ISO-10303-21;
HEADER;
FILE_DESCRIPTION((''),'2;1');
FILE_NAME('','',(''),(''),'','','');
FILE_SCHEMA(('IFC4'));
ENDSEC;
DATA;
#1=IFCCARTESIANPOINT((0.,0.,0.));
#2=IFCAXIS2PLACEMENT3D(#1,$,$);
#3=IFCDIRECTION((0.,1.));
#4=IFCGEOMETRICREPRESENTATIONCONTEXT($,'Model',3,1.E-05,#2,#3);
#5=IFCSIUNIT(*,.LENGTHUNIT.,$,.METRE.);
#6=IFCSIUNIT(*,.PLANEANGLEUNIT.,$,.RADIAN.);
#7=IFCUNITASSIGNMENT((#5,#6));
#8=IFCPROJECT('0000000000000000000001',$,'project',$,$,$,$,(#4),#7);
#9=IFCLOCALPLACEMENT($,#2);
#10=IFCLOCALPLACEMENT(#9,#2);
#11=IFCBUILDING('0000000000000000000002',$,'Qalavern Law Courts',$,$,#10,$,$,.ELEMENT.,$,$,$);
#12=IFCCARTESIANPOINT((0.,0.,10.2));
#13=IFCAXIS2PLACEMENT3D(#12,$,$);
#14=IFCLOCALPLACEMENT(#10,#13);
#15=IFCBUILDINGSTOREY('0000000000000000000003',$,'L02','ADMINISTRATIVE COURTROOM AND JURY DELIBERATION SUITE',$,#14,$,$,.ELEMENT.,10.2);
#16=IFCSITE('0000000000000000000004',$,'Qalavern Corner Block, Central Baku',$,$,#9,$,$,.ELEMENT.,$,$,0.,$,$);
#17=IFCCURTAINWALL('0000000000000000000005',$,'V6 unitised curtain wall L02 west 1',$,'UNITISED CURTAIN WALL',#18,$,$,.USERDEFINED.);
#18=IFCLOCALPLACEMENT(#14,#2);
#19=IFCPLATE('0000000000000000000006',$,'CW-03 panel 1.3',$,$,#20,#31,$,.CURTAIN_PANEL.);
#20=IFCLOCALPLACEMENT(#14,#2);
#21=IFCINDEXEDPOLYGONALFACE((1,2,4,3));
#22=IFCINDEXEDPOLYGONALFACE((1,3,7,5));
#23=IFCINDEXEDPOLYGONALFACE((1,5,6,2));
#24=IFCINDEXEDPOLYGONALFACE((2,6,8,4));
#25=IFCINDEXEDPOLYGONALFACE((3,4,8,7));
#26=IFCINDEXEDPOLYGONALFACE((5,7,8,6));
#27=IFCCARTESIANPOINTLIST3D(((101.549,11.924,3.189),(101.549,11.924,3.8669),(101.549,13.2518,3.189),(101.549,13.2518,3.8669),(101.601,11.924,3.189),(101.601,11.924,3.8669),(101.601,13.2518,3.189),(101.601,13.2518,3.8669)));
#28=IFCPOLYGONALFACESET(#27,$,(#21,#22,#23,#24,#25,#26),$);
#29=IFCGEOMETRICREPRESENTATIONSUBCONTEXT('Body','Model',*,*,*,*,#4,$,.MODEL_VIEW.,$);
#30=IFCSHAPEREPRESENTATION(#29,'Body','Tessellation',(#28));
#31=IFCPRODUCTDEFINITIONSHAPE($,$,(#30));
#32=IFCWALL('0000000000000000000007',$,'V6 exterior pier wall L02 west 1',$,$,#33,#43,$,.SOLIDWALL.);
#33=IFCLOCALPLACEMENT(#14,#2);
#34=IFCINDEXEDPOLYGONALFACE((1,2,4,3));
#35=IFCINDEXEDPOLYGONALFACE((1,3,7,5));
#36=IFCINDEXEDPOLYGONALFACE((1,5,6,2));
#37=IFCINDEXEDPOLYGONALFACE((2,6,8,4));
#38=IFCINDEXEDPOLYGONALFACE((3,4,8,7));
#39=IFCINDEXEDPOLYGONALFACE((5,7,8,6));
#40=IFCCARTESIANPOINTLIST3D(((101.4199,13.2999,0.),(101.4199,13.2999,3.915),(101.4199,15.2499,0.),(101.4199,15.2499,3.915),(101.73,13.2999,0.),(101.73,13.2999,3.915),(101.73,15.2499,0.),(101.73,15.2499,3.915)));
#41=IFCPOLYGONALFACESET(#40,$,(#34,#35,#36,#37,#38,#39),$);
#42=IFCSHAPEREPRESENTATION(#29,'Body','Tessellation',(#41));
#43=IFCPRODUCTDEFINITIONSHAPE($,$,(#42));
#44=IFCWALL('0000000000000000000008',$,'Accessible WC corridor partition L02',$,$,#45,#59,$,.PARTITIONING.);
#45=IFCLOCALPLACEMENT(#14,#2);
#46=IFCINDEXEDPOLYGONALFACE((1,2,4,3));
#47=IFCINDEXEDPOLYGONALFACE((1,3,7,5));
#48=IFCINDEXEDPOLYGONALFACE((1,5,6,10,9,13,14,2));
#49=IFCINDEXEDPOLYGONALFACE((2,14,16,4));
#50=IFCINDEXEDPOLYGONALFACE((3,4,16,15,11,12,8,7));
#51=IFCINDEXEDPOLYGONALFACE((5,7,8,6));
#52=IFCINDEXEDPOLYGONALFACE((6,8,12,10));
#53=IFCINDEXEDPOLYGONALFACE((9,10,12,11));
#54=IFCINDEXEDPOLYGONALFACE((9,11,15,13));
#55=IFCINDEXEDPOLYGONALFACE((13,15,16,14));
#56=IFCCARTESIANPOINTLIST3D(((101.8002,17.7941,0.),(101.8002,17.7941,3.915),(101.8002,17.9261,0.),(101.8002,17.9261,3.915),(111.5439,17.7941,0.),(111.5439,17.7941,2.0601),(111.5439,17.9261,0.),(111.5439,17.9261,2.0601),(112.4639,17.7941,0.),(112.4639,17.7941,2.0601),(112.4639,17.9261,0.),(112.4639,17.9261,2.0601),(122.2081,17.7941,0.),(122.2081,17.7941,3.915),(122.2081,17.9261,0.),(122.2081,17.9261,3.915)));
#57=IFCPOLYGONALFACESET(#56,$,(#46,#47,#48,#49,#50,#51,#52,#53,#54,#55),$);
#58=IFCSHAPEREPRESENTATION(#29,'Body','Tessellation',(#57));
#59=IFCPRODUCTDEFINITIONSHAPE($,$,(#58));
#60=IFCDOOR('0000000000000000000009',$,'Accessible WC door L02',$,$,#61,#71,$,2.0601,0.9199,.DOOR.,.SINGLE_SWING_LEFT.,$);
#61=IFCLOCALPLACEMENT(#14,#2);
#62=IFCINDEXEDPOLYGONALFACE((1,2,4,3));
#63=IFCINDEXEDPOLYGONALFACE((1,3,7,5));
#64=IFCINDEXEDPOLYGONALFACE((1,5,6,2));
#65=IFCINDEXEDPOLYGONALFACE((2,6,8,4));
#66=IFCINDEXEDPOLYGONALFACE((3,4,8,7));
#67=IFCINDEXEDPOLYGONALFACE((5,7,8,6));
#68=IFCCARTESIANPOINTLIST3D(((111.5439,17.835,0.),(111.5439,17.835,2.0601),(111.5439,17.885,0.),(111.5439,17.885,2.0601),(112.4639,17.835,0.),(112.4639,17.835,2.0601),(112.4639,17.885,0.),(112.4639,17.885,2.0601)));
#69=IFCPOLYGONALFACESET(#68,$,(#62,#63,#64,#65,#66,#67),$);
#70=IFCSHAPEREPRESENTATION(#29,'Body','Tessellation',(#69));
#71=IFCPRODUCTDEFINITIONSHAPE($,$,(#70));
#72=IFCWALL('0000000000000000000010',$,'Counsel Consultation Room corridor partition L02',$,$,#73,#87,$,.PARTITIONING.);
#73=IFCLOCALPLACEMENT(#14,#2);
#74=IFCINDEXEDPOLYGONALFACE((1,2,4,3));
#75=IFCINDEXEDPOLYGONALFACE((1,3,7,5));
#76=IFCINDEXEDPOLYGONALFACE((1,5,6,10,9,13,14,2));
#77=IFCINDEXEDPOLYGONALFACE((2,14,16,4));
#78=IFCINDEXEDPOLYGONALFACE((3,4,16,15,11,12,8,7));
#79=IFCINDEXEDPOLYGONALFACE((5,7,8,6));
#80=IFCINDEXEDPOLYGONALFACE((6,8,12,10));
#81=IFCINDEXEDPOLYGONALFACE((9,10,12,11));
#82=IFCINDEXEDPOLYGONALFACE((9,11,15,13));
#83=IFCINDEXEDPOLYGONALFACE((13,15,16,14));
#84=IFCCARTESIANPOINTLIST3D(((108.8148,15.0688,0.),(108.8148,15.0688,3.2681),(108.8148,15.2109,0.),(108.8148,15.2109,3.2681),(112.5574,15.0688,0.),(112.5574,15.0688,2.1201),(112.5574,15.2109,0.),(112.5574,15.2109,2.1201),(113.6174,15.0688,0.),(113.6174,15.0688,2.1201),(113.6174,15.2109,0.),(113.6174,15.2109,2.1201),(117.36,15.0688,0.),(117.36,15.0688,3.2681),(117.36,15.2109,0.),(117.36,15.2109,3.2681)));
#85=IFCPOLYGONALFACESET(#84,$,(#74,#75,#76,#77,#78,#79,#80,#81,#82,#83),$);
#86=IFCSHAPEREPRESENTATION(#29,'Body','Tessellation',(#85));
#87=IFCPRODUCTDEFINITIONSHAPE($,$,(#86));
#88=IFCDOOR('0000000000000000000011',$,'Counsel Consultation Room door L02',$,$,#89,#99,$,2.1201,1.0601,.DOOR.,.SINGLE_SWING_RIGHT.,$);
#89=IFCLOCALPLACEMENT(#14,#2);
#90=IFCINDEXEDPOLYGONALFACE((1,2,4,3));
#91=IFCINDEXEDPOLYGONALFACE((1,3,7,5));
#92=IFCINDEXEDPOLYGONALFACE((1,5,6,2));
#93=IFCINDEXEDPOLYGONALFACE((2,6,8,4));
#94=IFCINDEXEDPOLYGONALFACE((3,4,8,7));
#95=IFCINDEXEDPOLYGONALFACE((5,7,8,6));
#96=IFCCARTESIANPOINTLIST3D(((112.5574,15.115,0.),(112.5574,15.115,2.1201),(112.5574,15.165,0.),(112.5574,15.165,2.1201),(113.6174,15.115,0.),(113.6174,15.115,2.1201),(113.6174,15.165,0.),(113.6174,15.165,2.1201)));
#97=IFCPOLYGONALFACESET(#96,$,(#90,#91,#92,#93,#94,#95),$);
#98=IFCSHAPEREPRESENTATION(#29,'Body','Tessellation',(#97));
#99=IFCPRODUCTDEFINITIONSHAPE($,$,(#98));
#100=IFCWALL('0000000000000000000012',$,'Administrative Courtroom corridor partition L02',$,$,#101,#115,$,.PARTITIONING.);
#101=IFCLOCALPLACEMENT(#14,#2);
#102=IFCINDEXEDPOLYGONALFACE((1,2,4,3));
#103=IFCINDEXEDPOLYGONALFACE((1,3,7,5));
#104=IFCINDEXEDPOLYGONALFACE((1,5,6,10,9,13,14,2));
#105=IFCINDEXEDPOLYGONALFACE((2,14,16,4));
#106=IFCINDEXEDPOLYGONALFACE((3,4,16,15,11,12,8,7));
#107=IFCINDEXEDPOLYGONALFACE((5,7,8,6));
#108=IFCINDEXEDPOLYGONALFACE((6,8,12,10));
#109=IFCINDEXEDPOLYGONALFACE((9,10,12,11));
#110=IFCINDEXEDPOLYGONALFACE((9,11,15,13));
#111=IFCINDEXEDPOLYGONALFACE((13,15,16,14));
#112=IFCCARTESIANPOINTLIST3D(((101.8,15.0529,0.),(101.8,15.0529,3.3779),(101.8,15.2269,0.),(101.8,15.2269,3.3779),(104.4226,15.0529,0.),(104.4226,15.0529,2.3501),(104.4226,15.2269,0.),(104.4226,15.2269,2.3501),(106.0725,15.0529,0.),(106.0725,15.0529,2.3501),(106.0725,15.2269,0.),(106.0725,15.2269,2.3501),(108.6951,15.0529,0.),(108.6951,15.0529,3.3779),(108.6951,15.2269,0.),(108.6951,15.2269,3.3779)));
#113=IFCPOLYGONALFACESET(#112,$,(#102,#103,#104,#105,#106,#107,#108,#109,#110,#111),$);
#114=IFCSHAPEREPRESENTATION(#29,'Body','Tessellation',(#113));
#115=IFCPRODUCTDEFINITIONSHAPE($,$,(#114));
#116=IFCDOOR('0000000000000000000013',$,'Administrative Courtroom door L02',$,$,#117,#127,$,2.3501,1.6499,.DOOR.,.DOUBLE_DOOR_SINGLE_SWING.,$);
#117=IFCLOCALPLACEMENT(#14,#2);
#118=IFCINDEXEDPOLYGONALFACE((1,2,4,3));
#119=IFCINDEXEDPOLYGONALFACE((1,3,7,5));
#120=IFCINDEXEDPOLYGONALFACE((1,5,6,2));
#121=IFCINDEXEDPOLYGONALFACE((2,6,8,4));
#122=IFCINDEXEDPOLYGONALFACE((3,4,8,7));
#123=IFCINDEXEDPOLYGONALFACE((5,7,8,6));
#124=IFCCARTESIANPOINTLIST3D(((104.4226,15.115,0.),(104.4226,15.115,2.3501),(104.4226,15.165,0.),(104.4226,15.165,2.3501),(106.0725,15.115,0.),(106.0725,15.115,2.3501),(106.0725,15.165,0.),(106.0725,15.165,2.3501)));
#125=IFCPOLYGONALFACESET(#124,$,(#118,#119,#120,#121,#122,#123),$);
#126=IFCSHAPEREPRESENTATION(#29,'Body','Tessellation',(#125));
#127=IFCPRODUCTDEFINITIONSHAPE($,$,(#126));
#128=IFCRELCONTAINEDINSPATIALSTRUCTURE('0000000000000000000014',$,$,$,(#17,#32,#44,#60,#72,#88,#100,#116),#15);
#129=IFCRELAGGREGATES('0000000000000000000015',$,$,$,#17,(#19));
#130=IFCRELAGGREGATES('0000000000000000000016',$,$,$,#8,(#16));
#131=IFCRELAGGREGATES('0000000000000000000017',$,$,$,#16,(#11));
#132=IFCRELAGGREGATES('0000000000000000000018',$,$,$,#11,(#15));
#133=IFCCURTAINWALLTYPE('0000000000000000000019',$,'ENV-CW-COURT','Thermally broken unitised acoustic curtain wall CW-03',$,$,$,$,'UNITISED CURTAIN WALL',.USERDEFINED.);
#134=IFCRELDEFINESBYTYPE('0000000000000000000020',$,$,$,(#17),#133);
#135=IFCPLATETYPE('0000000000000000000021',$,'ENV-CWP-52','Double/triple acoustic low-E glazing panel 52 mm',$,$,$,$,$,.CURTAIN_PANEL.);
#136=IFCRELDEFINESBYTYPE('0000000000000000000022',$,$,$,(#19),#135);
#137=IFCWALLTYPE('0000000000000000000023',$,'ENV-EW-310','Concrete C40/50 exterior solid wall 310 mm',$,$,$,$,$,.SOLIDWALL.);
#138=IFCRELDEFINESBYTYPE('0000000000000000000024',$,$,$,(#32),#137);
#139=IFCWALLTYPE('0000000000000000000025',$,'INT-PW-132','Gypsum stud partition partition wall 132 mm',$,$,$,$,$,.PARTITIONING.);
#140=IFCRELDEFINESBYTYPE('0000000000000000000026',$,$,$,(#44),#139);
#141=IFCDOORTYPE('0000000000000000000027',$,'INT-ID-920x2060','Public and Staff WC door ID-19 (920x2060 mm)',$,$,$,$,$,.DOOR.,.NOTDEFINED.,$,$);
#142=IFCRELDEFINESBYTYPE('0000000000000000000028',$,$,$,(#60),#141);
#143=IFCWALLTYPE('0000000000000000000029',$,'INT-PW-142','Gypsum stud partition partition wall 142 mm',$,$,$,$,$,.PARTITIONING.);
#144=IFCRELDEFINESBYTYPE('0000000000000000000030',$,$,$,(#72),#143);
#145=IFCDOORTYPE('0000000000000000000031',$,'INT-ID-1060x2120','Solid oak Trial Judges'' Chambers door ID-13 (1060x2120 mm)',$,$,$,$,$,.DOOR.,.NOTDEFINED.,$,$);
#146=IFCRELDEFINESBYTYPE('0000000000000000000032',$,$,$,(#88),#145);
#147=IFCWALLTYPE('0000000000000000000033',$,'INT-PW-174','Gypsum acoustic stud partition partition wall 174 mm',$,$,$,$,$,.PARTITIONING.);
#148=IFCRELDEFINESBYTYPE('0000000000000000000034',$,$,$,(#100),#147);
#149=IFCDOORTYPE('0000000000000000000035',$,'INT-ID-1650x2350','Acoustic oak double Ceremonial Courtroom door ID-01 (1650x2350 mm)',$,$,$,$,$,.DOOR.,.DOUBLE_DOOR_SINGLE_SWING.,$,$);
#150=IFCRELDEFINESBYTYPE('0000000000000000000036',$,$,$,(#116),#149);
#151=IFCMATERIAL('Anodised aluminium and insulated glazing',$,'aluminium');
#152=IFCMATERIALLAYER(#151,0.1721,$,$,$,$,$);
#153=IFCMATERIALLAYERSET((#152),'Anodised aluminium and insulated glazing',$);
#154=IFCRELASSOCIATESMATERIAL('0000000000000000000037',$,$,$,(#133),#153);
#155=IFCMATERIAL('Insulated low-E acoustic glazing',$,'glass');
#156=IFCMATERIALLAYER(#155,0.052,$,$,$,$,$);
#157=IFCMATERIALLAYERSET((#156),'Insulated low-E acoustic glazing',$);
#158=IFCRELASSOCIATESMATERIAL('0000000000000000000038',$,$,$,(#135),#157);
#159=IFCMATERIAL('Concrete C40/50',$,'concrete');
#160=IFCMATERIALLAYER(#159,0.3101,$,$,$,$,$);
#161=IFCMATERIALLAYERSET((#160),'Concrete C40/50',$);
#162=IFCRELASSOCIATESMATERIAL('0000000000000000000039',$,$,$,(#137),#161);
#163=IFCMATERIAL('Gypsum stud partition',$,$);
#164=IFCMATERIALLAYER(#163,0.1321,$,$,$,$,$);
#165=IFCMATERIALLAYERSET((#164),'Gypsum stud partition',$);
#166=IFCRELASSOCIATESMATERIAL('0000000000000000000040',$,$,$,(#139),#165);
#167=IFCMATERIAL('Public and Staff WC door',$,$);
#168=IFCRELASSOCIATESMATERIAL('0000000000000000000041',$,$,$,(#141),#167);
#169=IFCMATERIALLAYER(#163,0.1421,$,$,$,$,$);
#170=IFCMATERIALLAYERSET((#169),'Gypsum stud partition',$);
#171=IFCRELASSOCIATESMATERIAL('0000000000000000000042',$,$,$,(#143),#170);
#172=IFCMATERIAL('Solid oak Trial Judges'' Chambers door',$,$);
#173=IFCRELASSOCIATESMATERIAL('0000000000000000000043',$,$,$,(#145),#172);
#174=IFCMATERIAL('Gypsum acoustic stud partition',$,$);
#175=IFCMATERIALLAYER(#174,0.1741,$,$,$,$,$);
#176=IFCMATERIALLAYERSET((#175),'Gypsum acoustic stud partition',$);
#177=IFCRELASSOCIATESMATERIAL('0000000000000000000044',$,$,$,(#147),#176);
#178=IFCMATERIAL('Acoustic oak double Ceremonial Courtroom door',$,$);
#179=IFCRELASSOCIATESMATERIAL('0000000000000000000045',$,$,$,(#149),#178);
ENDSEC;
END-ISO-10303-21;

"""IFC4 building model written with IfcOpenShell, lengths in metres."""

from ifc_helpers import new_model, si_unit, direction, frame, frame_2d, origin, origin_2d, place, context, subcontext, project, spatial, rectangle, extrude, material, layer, layer_set, type_object, element, fill, aggregate, save


model = new_model("IFC4")

# Units and contexts
model_context = context("Model", 3, precision=1e-05, world=origin(), true_north=direction((0.0, 1.0)))
body_context = subcontext(model_context, "Body", "Model", "MODEL_VIEW")
ifc_project = project(units=[si_unit("LENGTHUNIT", "METRE"), si_unit("PLANEANGLEUNIT", "RADIAN")], contexts=[model_context])

# Site, building, storey
site_placement = place(None, origin())
site = spatial("IfcSite", under=ifc_project, at=site_placement, Name="Qalavern Corner Block, Central Baku", CompositionType="ELEMENT", RefElevation=0.0)
building_placement = place(site_placement, origin())
building = spatial("IfcBuilding", under=site, at=building_placement, Name="Qalavern Law Courts", CompositionType="ELEMENT")
storey_placement = place(building_placement, frame((0.0, 0.0, 10.2)))
storey = spatial("IfcBuildingStorey", under=building, at=storey_placement, Name="L02", Description="ADMINISTRATIVE COURTROOM AND JURY DELIBERATION SUITE", CompositionType="ELEMENT", Elevation=10.2)

# Curtain wall
ifc_material_1 = material(Name="Anodised aluminium and insulated glazing", Category="aluminium")
ifc_layer_1 = layer(ifc_material_1, 0.1721)
ifc_layer_set_1 = layer_set([ifc_layer_1], Name="Anodised aluminium and insulated glazing")
curtain_wall_type = type_object("IfcCurtainWallType", Name="ENV-CW-COURT", Description="Thermally broken unitised acoustic curtain wall CW-03", ElementType="UNITISED CURTAIN WALL", PredefinedType="USERDEFINED", material=ifc_layer_set_1)
curtain_wall_placement = place(storey_placement, origin())
curtain_wall = element("IfcCurtainWall", 1, at=curtain_wall_placement, inside=storey, type_object=curtain_wall_type, Name="V6 unitised curtain wall L02 west 1", ObjectType="UNITISED CURTAIN WALL", PredefinedType="USERDEFINED")

# Shared definitions
ifc_material_2 = material(Name="Concrete C40/50", Category="concrete")

# Plate
ifc_material_3 = material(Name="Insulated low-E acoustic glazing", Category="glass")
ifc_layer_2 = layer(ifc_material_3, 0.052)
ifc_layer_set_2 = layer_set([ifc_layer_2], Name="Insulated low-E acoustic glazing")
plate_type = type_object("IfcPlateType", Name="ENV-CWP-52", Description="Double/triple acoustic low-E glazing panel 52 mm", PredefinedType="CURTAIN_PANEL", material=ifc_layer_set_2)
plate_1_placement = place(storey_placement, frame((101.575, 12.5879, 3.189), z_axis=(0.0, 0.0, 1.0), x_axis=(0.0, -1.0, 0.0)))
plate_1 = element("IfcPlate", 2, at=plate_1_placement, type_object=plate_type, Name="CW-03 panel 1.3", PredefinedType="CURTAIN_PANEL", context=body_context, shape_type="SweptSolid", body=[
    extrude(rectangle(XDim=1.3279, YDim=0.052, at=origin_2d()), origin(), (0.0, 0.0, 1.0), 0.678),
])
aggregate(curtain_wall, [plate_1])

# Wall
ifc_layer_3 = layer(ifc_material_2, 0.3101)
ifc_layer_set_3 = layer_set([ifc_layer_3], Name="Concrete C40/50")
wall_type_1 = type_object("IfcWallType", Name="ENV-EW-310", Description="Concrete C40/50 exterior solid wall 310 mm", PredefinedType="SOLIDWALL", material=ifc_layer_set_3)
wall_1_placement = place(storey_placement, frame((101.575, 15.25, 0.0), z_axis=(0.0, 0.0, 1.0), x_axis=(0.0, -1.0, 0.0)))
element("IfcWall", 3, at=wall_1_placement, inside=storey, type_object=wall_type_1, Name="V6 exterior pier wall L02 west 1", PredefinedType="SOLIDWALL", context=body_context, shape_type="SweptSolid", body=[
    extrude(rectangle(XDim=1.95, YDim=0.3101, at=frame_2d((0.9751, 0.0))), origin(), (0.0, 0.0, 1.0), 3.915),
])

# Walls, openings, doors
ifc_material_4 = material(Name="Gypsum stud partition")
ifc_layer_4 = layer(ifc_material_4, 0.1321)
ifc_layer_set_4 = layer_set([ifc_layer_4], Name="Gypsum stud partition")
wall_type_2 = type_object("IfcWallType", Name="INT-PW-132", Description="Gypsum stud partition partition wall 132 mm", PredefinedType="PARTITIONING", material=ifc_layer_set_4)
wall_2_placement = place(storey_placement, frame((101.8, 17.8601, 0.0), z_axis=(0.0, 0.0, 1.0), x_axis=(1.0, 0.0, 0.0)))
wall_2 = element("IfcWall", 4, at=wall_2_placement, inside=storey, type_object=wall_type_2, Name="Accessible WC corridor partition L02", PredefinedType="PARTITIONING", context=body_context, shape_type="SweptSolid", body=[
    extrude(rectangle(XDim=20.408, YDim=0.1321, at=frame_2d((10.2041, 0.0))), origin(), (0.0, 0.0, 1.0), 3.915),
])
opening_1_placement = place(wall_2_placement, frame((9.7439, 0.0, 0.0)))
opening_1 = element("IfcOpeningElement", 5, at=opening_1_placement, cuts=wall_2, PredefinedType="OPENING", context=body_context, shape_type="SweptSolid", body=[
    extrude(rectangle(XDim=0.9199, YDim=2.0601, at=frame_2d((0.46, 1.03))), frame((0.0, 0.0811, 0.0), z_axis=(0.0, -1.0, 0.0), x_axis=(1.0, 0.0, 0.0)), (0.0, 0.0, 1.0), 0.1619),
])
ifc_material_5 = material(Name="Public and Staff WC door")
door_type_1 = type_object("IfcDoorType", Name="INT-ID-920x2060", Description="Public and Staff WC door ID-19 (920x2060 mm)", OperationType="NOTDEFINED", PredefinedType="DOOR", material=ifc_material_5)
door_1_placement = place(opening_1_placement, origin())
door_1 = element("IfcDoor", 6, at=door_1_placement, inside=storey, type_object=door_type_1, Name="Accessible WC door L02", OperationType="SINGLE_SWING_LEFT", OverallHeight=2.0601, OverallWidth=0.9199, PredefinedType="DOOR", context=body_context, shape_type="SweptSolid", body=[
    extrude(rectangle(XDim=0.9199, YDim=2.0601, at=frame_2d((0.46, 1.03))), frame((0.0, 0.0249, 0.0), z_axis=(0.0, -1.0, 0.0), x_axis=(1.0, 0.0, 0.0)), (0.0, 0.0, 1.0), 0.05),
])
fill(opening_1, door_1)
ifc_layer_5 = layer(ifc_material_4, 0.1421)
ifc_layer_set_5 = layer_set([ifc_layer_5], Name="Gypsum stud partition")
wall_type_3 = type_object("IfcWallType", Name="INT-PW-142", Description="Gypsum stud partition partition wall 142 mm", PredefinedType="PARTITIONING", material=ifc_layer_set_5)
wall_3_placement = place(storey_placement, frame((108.8149, 15.1399, 0.0), z_axis=(0.0, 0.0, 1.0), x_axis=(1.0, 0.0, 0.0)))
wall_3 = element("IfcWall", 7, at=wall_3_placement, inside=storey, type_object=wall_type_3, Name="Counsel Consultation Room corridor partition L02", PredefinedType="PARTITIONING", context=body_context, shape_type="SweptSolid", body=[
    extrude(rectangle(XDim=8.5452, YDim=0.1421, at=frame_2d((4.2725, 0.0))), origin(), (0.0, 0.0, 1.0), 3.2681),
])
opening_2_placement = place(wall_3_placement, frame((3.7424, 0.0, 0.0)))
opening_2 = element("IfcOpeningElement", 8, at=opening_2_placement, cuts=wall_3, PredefinedType="OPENING", context=body_context, shape_type="SweptSolid", body=[
    extrude(rectangle(XDim=1.0601, YDim=2.1201, at=frame_2d((0.53, 1.0601))), frame((0.0, 0.0859, 0.0), z_axis=(0.0, -1.0, 0.0), x_axis=(1.0, 0.0, 0.0)), (0.0, 0.0, 1.0), 0.1719),
])
ifc_material_6 = material(Name="Solid oak Trial Judges' Chambers door")
door_type_2 = type_object("IfcDoorType", Name="INT-ID-1060x2120", Description="Solid oak Trial Judges' Chambers door ID-13 (1060x2120 mm)", OperationType="NOTDEFINED", PredefinedType="DOOR", material=ifc_material_6)
door_2_placement = place(opening_2_placement, frame((1.0601, 0.0, 0.0), z_axis=(0.0, 0.0, 1.0), x_axis=(-1.0, 0.0, 0.0)))
door_2 = element("IfcDoor", 9, at=door_2_placement, inside=storey, type_object=door_type_2, Name="Counsel Consultation Room door L02", OperationType="SINGLE_SWING_RIGHT", OverallHeight=2.1201, OverallWidth=1.0601, PredefinedType="DOOR", context=body_context, shape_type="SweptSolid", body=[
    extrude(rectangle(XDim=1.0601, YDim=2.1201, at=frame_2d((0.53, 1.0601))), frame((0.0, 0.0249, 0.0), z_axis=(0.0, -1.0, 0.0), x_axis=(1.0, 0.0, 0.0)), (0.0, 0.0, 1.0), 0.05),
])
fill(opening_2, door_2)
ifc_material_7 = material(Name="Gypsum acoustic stud partition")
ifc_layer_6 = layer(ifc_material_7, 0.1741)
ifc_layer_set_6 = layer_set([ifc_layer_6], Name="Gypsum acoustic stud partition")
wall_type_4 = type_object("IfcWallType", Name="INT-PW-174", Description="Gypsum acoustic stud partition partition wall 174 mm", PredefinedType="PARTITIONING", material=ifc_layer_set_6)
wall_4_placement = place(storey_placement, frame((101.8, 15.1399, 0.0), z_axis=(0.0, 0.0, 1.0), x_axis=(1.0, 0.0, 0.0)))
wall_4 = element("IfcWall", 10, at=wall_4_placement, inside=storey, type_object=wall_type_4, Name="Administrative Courtroom corridor partition L02", PredefinedType="PARTITIONING", context=body_context, shape_type="SweptSolid", body=[
    extrude(rectangle(XDim=6.895, YDim=0.1741, at=frame_2d((3.4475, 0.0))), origin(), (0.0, 0.0, 1.0), 3.3779),
])
opening_3_placement = place(wall_4_placement, frame((2.6226, 0.0, 0.0)))
opening_3 = element("IfcOpeningElement", 11, at=opening_3_placement, cuts=wall_4, PredefinedType="OPENING", context=body_context, shape_type="SweptSolid", body=[
    extrude(rectangle(XDim=1.6499, YDim=2.3501, at=frame_2d((0.825, 1.175))), frame((0.0, 0.1021, 0.0), z_axis=(0.0, -1.0, 0.0), x_axis=(1.0, 0.0, 0.0)), (0.0, 0.0, 1.0), 0.2039),
])
ifc_material_8 = material(Name="Acoustic oak double Ceremonial Courtroom door")
door_type_3 = type_object("IfcDoorType", Name="INT-ID-1650x2350", Description="Acoustic oak double Ceremonial Courtroom door ID-01 (1650x2350 mm)", OperationType="DOUBLE_DOOR_SINGLE_SWING", PredefinedType="DOOR", material=ifc_material_8)
door_3_placement = place(opening_3_placement, frame((1.6499, 0.0, 0.0), z_axis=(0.0, 0.0, 1.0), x_axis=(-1.0, 0.0, 0.0)))
door_3 = element("IfcDoor", 12, at=door_3_placement, inside=storey, type_object=door_type_3, Name="Administrative Courtroom door L02", OperationType="DOUBLE_DOOR_SINGLE_SWING", OverallHeight=2.3501, OverallWidth=1.6499, PredefinedType="DOOR", context=body_context, shape_type="SweptSolid", body=[
    extrude(rectangle(XDim=1.6499, YDim=2.3501, at=frame_2d((0.825, 1.175))), frame((0.0, 0.0249, 0.0), z_axis=(0.0, -1.0, 0.0), x_axis=(1.0, 0.0, 0.0)), (0.0, 0.0, 1.0), 0.05),
])
fill(opening_3, door_3)

save(model, "model.ifc")
